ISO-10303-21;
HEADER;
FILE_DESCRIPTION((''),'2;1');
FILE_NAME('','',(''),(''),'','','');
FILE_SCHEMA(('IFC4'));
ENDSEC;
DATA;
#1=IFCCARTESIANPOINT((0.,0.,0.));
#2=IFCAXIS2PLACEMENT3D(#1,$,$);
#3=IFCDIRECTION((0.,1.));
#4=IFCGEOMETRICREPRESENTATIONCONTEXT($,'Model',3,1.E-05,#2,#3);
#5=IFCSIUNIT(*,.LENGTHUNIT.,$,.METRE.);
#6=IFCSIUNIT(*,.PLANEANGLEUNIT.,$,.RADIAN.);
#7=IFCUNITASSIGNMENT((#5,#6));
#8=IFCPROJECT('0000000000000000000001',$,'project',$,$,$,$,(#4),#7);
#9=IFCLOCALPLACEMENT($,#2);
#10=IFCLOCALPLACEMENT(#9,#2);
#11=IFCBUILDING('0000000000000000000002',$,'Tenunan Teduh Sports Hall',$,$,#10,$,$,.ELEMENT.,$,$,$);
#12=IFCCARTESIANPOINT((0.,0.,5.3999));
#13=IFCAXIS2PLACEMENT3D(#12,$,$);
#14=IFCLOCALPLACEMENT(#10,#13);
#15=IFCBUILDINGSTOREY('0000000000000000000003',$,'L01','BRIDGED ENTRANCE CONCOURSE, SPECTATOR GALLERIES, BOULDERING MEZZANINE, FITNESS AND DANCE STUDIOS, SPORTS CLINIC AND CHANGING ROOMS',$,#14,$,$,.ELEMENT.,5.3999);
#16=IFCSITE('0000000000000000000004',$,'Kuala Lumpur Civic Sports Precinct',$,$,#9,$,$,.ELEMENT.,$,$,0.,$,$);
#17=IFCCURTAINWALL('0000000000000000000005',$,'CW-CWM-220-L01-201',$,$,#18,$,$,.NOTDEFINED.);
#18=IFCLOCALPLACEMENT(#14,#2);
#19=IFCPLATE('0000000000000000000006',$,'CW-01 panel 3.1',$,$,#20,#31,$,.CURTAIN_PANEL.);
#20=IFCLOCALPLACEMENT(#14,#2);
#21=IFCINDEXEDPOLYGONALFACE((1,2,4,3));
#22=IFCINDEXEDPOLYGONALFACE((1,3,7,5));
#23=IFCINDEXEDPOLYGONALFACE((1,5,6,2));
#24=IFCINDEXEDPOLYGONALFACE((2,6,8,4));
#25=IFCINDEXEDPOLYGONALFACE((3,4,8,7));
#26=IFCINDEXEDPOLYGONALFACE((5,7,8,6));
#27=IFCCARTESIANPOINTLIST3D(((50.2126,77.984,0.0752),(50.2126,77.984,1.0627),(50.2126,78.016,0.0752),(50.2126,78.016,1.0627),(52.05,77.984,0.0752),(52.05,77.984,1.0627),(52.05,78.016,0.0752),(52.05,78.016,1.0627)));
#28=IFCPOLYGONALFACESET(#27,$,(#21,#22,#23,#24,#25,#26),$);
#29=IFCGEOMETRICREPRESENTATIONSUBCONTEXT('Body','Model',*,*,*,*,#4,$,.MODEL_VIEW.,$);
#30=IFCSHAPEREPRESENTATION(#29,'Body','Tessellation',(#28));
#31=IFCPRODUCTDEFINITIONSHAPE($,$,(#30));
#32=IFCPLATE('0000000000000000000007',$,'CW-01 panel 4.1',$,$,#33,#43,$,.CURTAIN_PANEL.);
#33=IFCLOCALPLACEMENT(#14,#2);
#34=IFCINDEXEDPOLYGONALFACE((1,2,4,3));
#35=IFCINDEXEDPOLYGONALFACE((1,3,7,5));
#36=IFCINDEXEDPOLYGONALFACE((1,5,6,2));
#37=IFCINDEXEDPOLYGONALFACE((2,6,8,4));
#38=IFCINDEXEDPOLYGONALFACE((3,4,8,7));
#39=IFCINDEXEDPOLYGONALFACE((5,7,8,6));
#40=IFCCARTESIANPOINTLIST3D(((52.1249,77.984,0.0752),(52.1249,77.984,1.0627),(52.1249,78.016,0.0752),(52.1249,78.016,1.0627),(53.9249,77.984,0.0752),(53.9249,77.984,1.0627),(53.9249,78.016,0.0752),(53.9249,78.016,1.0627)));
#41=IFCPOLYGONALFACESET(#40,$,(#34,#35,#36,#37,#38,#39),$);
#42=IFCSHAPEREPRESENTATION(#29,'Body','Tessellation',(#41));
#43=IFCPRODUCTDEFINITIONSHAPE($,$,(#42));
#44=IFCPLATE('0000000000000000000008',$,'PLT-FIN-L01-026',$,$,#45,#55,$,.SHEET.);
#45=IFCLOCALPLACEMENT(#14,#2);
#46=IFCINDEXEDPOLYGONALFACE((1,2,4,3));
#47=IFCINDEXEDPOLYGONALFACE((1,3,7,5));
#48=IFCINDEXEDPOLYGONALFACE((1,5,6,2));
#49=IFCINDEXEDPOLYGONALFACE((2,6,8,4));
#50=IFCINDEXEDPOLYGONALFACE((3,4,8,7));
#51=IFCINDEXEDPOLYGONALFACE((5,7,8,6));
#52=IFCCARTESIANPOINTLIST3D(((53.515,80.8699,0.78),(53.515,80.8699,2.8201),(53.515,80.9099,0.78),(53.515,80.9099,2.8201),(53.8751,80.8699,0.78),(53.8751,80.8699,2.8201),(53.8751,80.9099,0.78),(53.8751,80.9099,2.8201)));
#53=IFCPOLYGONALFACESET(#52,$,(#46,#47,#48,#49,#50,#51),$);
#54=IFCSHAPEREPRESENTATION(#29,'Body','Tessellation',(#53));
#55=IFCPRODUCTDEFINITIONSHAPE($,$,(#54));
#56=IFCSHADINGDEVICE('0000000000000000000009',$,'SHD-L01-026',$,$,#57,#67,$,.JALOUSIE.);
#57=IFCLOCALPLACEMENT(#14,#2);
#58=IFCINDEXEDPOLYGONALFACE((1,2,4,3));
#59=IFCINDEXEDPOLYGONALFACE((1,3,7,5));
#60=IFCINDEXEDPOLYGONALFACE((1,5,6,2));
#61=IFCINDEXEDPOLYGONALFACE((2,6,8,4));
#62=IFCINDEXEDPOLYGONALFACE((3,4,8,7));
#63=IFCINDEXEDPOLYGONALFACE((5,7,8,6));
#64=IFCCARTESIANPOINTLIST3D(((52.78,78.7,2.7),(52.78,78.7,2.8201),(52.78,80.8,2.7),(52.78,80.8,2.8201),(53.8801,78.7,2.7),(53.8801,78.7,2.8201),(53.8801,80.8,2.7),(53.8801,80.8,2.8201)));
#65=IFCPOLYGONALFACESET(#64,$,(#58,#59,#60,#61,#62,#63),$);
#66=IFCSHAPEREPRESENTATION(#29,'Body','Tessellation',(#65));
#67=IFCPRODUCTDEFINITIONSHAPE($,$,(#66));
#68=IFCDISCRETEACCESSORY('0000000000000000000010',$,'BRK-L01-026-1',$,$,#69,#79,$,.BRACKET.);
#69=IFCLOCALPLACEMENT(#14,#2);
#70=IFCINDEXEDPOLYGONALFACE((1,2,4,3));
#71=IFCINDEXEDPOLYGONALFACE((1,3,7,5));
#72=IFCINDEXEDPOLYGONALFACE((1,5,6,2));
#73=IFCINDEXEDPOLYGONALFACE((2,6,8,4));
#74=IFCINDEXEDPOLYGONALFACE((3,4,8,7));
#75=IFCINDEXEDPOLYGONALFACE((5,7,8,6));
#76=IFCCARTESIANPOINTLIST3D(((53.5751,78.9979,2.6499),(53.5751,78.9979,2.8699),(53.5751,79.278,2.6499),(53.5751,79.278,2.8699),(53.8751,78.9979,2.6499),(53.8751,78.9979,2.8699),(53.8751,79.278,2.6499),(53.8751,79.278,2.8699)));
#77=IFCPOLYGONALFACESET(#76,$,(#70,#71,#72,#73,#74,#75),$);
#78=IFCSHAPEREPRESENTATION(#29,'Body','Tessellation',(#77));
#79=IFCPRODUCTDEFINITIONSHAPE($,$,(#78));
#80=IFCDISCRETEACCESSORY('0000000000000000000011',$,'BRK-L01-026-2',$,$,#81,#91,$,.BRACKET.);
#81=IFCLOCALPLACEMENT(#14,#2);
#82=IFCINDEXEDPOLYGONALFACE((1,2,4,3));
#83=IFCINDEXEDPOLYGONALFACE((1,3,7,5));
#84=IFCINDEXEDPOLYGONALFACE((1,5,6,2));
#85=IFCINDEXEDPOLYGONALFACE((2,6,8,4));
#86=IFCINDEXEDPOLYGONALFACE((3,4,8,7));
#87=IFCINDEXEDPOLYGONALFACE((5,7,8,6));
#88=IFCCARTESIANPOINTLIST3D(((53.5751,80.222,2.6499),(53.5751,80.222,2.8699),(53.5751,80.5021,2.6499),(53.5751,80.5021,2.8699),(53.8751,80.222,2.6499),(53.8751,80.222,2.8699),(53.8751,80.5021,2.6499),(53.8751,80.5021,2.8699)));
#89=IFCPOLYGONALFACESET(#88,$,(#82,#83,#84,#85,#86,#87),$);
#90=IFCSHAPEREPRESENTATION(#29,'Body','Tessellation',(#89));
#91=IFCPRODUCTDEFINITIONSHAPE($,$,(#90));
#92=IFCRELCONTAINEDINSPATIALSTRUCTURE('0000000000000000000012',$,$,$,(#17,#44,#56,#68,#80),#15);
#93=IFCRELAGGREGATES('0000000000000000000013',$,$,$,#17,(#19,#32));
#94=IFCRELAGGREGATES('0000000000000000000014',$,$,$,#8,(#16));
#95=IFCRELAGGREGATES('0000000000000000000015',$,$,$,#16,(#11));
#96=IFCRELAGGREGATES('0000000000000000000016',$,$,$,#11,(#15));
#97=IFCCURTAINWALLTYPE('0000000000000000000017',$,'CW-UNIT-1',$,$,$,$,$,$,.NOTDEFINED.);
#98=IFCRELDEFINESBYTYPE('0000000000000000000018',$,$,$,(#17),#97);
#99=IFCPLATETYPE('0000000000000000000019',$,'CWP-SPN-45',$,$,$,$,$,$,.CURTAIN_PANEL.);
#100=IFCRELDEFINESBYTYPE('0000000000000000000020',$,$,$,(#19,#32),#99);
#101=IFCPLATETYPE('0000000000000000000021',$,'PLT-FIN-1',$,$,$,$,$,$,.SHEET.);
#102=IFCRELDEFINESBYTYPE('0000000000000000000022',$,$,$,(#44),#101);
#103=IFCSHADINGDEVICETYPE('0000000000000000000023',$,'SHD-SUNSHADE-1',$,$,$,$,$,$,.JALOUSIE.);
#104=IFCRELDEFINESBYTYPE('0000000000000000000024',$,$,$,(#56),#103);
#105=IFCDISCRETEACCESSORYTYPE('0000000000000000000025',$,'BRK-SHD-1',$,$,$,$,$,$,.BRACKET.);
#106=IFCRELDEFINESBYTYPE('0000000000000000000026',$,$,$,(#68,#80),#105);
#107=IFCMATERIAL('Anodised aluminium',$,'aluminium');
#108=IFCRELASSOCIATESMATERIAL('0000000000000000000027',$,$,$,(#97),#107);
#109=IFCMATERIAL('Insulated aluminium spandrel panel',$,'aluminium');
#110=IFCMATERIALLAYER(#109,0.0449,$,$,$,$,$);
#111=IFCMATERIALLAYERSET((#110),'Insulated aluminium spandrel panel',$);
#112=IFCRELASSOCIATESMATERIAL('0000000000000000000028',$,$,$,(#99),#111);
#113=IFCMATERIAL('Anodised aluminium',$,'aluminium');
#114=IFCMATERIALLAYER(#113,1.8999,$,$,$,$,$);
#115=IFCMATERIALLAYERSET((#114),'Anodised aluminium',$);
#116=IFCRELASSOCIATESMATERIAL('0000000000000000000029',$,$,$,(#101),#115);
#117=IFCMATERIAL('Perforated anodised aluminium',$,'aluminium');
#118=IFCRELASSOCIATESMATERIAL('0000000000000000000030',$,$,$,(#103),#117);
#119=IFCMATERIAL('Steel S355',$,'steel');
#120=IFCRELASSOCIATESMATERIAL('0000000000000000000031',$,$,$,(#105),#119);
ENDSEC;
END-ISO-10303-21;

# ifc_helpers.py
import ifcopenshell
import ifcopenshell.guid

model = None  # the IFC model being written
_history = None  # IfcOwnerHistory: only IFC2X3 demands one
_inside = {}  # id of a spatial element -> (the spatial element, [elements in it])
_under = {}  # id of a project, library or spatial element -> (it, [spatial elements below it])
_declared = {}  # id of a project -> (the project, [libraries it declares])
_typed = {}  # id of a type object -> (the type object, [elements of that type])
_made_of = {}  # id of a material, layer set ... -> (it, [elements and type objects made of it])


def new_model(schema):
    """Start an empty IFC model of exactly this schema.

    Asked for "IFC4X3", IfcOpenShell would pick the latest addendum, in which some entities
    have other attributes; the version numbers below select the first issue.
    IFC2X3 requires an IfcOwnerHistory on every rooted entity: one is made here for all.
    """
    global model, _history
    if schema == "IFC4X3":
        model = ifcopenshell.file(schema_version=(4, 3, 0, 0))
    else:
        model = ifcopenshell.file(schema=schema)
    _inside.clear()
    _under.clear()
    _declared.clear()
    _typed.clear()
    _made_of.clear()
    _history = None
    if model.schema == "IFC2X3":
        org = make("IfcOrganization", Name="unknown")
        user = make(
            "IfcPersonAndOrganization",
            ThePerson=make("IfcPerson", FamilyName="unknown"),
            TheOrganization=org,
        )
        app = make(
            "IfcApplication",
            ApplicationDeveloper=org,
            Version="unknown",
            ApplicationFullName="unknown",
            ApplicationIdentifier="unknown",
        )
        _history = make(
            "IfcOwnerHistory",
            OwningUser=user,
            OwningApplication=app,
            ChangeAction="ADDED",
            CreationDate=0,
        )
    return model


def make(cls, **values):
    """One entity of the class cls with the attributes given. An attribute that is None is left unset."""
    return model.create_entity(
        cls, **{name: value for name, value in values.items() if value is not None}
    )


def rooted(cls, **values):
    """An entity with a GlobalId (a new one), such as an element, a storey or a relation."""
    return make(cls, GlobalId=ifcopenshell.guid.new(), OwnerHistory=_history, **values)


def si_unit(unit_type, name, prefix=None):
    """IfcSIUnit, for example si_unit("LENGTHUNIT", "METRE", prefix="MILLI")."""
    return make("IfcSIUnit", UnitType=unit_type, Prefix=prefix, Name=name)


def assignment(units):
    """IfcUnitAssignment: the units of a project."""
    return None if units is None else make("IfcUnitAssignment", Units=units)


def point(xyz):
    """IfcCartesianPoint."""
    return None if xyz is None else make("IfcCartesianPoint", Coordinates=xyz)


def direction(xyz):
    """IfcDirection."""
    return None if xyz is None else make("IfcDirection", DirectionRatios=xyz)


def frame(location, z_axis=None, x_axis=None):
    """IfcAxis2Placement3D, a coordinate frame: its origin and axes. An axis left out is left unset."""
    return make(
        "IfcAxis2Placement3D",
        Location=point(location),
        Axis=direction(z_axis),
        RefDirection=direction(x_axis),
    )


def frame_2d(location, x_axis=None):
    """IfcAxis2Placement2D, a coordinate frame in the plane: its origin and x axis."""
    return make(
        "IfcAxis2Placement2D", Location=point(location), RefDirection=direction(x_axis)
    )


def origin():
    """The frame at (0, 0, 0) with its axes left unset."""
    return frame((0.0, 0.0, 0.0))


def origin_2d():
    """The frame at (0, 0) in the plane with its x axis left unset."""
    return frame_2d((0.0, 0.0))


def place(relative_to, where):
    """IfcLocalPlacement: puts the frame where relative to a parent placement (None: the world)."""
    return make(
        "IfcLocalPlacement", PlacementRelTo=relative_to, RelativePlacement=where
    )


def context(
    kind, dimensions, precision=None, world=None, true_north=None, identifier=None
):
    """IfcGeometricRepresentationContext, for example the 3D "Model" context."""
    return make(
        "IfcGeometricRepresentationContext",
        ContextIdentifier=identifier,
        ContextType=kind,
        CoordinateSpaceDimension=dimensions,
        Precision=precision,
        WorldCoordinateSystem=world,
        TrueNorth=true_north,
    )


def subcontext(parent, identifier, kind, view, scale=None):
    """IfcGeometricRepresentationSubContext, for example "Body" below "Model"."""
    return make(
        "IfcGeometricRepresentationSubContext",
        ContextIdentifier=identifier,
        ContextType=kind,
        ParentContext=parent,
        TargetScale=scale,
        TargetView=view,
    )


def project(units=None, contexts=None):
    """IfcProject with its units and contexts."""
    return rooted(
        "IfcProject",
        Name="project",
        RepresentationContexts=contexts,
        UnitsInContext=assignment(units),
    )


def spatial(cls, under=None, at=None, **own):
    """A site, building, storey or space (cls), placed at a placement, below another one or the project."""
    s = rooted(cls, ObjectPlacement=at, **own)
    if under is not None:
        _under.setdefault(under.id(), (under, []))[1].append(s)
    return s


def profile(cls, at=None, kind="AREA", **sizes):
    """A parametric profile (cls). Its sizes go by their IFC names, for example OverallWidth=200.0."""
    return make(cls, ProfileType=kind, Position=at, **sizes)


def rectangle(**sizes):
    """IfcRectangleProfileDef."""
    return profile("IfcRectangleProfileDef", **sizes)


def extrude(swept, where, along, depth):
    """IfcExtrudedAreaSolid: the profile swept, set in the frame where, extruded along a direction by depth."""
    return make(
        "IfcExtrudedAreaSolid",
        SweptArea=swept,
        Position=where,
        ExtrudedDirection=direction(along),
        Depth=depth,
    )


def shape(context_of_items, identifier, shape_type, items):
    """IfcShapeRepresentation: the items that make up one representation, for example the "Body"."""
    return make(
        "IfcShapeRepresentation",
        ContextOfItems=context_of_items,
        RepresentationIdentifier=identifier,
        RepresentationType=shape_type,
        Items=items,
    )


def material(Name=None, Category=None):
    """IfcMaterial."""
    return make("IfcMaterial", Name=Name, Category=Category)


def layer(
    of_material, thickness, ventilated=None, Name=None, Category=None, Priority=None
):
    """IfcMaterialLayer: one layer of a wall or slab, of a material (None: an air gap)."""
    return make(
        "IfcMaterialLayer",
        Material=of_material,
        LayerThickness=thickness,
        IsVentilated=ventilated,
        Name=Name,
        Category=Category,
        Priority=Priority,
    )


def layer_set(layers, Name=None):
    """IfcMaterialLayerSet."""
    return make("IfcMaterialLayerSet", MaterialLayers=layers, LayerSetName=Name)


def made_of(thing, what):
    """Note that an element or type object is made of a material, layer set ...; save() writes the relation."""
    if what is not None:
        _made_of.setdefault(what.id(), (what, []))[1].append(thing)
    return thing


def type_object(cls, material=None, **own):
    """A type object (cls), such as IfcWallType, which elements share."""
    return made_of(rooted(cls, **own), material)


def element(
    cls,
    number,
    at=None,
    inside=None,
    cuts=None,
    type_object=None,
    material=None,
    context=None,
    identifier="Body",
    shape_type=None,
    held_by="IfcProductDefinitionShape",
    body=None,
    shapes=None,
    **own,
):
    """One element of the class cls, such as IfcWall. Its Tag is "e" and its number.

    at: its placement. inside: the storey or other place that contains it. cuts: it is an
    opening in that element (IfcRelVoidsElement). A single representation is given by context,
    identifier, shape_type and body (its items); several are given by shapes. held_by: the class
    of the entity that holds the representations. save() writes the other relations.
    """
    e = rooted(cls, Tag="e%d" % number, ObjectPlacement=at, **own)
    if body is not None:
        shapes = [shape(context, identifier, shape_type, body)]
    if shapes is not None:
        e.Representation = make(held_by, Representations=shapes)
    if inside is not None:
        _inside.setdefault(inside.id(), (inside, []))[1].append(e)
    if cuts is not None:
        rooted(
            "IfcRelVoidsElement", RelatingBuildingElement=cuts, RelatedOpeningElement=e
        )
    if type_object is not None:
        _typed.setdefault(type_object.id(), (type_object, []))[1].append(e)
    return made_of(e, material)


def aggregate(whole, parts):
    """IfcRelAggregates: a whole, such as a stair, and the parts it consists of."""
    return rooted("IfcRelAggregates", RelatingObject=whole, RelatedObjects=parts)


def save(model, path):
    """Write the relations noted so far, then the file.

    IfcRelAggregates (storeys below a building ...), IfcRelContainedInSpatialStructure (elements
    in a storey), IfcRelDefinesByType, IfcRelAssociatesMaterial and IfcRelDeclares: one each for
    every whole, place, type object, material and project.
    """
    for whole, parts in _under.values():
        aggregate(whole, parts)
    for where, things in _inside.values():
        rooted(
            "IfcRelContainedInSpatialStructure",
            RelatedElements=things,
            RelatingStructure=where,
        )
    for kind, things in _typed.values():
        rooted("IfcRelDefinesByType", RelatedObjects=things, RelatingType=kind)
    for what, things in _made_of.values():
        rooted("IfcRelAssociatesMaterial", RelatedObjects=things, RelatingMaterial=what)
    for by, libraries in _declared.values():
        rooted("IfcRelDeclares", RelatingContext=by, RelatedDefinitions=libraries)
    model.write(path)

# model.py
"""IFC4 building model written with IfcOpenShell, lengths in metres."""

from ifc_helpers import new_model, si_unit, direction, frame, origin, origin_2d, place, context, subcontext, project, spatial, rectangle, extrude, material, layer, layer_set, type_object, element, aggregate, save


model = new_model("IFC4")

# Units and contexts
model_context = context("Model", 3, precision=1e-05, world=origin(), true_north=direction((0.0, 1.0)))
body_context = subcontext(model_context, "Body", "Model", "MODEL_VIEW")
ifc_project = project(units=[si_unit("LENGTHUNIT", "METRE"), si_unit("PLANEANGLEUNIT", "RADIAN")], contexts=[model_context])

# Site, building, storey
site_placement = place(None, origin())
site = spatial("IfcSite", under=ifc_project, at=site_placement, Name="Kuala Lumpur Civic Sports Precinct", CompositionType="ELEMENT", RefElevation=0.0)
building_placement = place(site_placement, origin())
building = spatial("IfcBuilding", under=site, at=building_placement, Name="Tenunan Teduh Sports Hall", CompositionType="ELEMENT")
storey_placement = place(building_placement, frame((0.0, 0.0, 5.3999)))
storey = spatial("IfcBuildingStorey", under=building, at=storey_placement, Name="L01", Description="BRIDGED ENTRANCE CONCOURSE, SPECTATOR GALLERIES, BOULDERING MEZZANINE, FITNESS AND DANCE STUDIOS, SPORTS CLINIC AND CHANGING ROOMS", CompositionType="ELEMENT", Elevation=5.3999)

# Curtain wall, plates
ifc_material_1 = material(Name="Anodised aluminium", Category="aluminium")
curtain_wall_type = type_object("IfcCurtainWallType", Name="CW-UNIT-1", PredefinedType="NOTDEFINED", material=ifc_material_1)
curtain_wall_placement = place(storey_placement, origin())
curtain_wall = element("IfcCurtainWall", 1, at=curtain_wall_placement, inside=storey, type_object=curtain_wall_type, Name="CW-CWM-220-L01-201", PredefinedType="NOTDEFINED")
ifc_material_2 = material(Name="Insulated aluminium spandrel panel", Category="aluminium")
ifc_layer_1 = layer(ifc_material_2, 0.0449)
ifc_layer_set_1 = layer_set([ifc_layer_1], Name="Insulated aluminium spandrel panel")
plate_type_1 = type_object("IfcPlateType", Name="CWP-SPN-45", PredefinedType="CURTAIN_PANEL", material=ifc_layer_set_1)
plate_1_placement = place(storey_placement, frame((51.1313, 78.0, 0.0752), z_axis=(0.0, 0.0, 1.0), x_axis=(1.0, 0.0, 0.0)))
plate_1 = element("IfcPlate", 2, at=plate_1_placement, type_object=plate_type_1, Name="CW-01 panel 3.1", PredefinedType="CURTAIN_PANEL", context=body_context, shape_type="SweptSolid", body=[
    extrude(rectangle(XDim=1.8374, YDim=0.032, at=origin_2d()), origin(), (0.0, 0.0, 1.0), 0.9875),
])
plate_2_placement = place(storey_placement, frame((53.0249, 78.0, 0.0752), z_axis=(0.0, 0.0, 1.0), x_axis=(1.0, 0.0, 0.0)))
plate_2 = element("IfcPlate", 3, at=plate_2_placement, type_object=plate_type_1, Name="CW-01 panel 4.1", PredefinedType="CURTAIN_PANEL", context=body_context, shape_type="SweptSolid", body=[
    extrude(rectangle(XDim=1.8, YDim=0.032, at=origin_2d()), origin(), (0.0, 0.0, 1.0), 0.9875),
])
aggregate(curtain_wall, [plate_1, plate_2])

# Plate
ifc_material_3 = material(Name="Anodised aluminium", Category="aluminium")
ifc_layer_2 = layer(ifc_material_3, 1.8999)
ifc_layer_set_2 = layer_set([ifc_layer_2], Name="Anodised aluminium")
plate_type_2 = type_object("IfcPlateType", Name="PLT-FIN-1", PredefinedType="SHEET", material=ifc_layer_set_2)
plate_3_placement = place(storey_placement, frame((53.6951, 80.8899, 0.78), z_axis=(0.0, 0.0, 1.0), x_axis=(0.0, 1.0, 0.0)))
element("IfcPlate", 4, at=plate_3_placement, inside=storey, type_object=plate_type_2, Name="PLT-FIN-L01-026", PredefinedType="SHEET", context=body_context, shape_type="SweptSolid", body=[
    extrude(rectangle(XDim=0.04, YDim=0.3601, at=origin_2d()), origin(), (0.0, 0.0, 1.0), 2.04),
])

# Shading device
ifc_material_4 = material(Name="Perforated anodised aluminium", Category="aluminium")
shading_device_type = type_object("IfcShadingDeviceType", Name="SHD-SUNSHADE-1", PredefinedType="JALOUSIE", material=ifc_material_4)
shading_device_placement = place(storey_placement, frame((53.3301, 79.75, 2.7), z_axis=(0.0, 0.0, 1.0), x_axis=(0.0, 1.0, 0.0)))
element("IfcShadingDevice", 5, at=shading_device_placement, inside=storey, type_object=shading_device_type, Name="SHD-L01-026", PredefinedType="JALOUSIE", context=body_context, shape_type="SweptSolid", body=[
    extrude(rectangle(XDim=2.1001, YDim=1.1001, at=origin_2d()), origin(), (0.0, 0.0, 1.0), 0.1201),
])

# Discrete accessories
ifc_material_5 = material(Name="Steel S355", Category="steel")
discrete_accessory_type = type_object("IfcDiscreteAccessoryType", Name="BRK-SHD-1", PredefinedType="BRACKET", material=ifc_material_5)
for number, where, z_axis, x_axis, name in (
    (6, (53.7251, 79.1379, 2.6499), (0.0, 0.0, 1.0), (0.0, 1.0, 0.0), "BRK-L01-026-1"),
    (7, (53.7251, 80.3621, 2.6499), (0.0, 0.0, 1.0), (0.0, 1.0, 0.0), "BRK-L01-026-2"),
):
    element("IfcDiscreteAccessory", number, at=place(storey_placement, frame(where, z_axis=z_axis, x_axis=x_axis)), inside=storey, type_object=discrete_accessory_type, Name=name, PredefinedType="BRACKET", context=body_context, shape_type="SweptSolid", body=[
        extrude(rectangle(XDim=0.28, YDim=0.3, at=origin_2d()), origin(), (0.0, 0.0, 1.0), 0.22),
    ])

save(model, "model.ifc")
